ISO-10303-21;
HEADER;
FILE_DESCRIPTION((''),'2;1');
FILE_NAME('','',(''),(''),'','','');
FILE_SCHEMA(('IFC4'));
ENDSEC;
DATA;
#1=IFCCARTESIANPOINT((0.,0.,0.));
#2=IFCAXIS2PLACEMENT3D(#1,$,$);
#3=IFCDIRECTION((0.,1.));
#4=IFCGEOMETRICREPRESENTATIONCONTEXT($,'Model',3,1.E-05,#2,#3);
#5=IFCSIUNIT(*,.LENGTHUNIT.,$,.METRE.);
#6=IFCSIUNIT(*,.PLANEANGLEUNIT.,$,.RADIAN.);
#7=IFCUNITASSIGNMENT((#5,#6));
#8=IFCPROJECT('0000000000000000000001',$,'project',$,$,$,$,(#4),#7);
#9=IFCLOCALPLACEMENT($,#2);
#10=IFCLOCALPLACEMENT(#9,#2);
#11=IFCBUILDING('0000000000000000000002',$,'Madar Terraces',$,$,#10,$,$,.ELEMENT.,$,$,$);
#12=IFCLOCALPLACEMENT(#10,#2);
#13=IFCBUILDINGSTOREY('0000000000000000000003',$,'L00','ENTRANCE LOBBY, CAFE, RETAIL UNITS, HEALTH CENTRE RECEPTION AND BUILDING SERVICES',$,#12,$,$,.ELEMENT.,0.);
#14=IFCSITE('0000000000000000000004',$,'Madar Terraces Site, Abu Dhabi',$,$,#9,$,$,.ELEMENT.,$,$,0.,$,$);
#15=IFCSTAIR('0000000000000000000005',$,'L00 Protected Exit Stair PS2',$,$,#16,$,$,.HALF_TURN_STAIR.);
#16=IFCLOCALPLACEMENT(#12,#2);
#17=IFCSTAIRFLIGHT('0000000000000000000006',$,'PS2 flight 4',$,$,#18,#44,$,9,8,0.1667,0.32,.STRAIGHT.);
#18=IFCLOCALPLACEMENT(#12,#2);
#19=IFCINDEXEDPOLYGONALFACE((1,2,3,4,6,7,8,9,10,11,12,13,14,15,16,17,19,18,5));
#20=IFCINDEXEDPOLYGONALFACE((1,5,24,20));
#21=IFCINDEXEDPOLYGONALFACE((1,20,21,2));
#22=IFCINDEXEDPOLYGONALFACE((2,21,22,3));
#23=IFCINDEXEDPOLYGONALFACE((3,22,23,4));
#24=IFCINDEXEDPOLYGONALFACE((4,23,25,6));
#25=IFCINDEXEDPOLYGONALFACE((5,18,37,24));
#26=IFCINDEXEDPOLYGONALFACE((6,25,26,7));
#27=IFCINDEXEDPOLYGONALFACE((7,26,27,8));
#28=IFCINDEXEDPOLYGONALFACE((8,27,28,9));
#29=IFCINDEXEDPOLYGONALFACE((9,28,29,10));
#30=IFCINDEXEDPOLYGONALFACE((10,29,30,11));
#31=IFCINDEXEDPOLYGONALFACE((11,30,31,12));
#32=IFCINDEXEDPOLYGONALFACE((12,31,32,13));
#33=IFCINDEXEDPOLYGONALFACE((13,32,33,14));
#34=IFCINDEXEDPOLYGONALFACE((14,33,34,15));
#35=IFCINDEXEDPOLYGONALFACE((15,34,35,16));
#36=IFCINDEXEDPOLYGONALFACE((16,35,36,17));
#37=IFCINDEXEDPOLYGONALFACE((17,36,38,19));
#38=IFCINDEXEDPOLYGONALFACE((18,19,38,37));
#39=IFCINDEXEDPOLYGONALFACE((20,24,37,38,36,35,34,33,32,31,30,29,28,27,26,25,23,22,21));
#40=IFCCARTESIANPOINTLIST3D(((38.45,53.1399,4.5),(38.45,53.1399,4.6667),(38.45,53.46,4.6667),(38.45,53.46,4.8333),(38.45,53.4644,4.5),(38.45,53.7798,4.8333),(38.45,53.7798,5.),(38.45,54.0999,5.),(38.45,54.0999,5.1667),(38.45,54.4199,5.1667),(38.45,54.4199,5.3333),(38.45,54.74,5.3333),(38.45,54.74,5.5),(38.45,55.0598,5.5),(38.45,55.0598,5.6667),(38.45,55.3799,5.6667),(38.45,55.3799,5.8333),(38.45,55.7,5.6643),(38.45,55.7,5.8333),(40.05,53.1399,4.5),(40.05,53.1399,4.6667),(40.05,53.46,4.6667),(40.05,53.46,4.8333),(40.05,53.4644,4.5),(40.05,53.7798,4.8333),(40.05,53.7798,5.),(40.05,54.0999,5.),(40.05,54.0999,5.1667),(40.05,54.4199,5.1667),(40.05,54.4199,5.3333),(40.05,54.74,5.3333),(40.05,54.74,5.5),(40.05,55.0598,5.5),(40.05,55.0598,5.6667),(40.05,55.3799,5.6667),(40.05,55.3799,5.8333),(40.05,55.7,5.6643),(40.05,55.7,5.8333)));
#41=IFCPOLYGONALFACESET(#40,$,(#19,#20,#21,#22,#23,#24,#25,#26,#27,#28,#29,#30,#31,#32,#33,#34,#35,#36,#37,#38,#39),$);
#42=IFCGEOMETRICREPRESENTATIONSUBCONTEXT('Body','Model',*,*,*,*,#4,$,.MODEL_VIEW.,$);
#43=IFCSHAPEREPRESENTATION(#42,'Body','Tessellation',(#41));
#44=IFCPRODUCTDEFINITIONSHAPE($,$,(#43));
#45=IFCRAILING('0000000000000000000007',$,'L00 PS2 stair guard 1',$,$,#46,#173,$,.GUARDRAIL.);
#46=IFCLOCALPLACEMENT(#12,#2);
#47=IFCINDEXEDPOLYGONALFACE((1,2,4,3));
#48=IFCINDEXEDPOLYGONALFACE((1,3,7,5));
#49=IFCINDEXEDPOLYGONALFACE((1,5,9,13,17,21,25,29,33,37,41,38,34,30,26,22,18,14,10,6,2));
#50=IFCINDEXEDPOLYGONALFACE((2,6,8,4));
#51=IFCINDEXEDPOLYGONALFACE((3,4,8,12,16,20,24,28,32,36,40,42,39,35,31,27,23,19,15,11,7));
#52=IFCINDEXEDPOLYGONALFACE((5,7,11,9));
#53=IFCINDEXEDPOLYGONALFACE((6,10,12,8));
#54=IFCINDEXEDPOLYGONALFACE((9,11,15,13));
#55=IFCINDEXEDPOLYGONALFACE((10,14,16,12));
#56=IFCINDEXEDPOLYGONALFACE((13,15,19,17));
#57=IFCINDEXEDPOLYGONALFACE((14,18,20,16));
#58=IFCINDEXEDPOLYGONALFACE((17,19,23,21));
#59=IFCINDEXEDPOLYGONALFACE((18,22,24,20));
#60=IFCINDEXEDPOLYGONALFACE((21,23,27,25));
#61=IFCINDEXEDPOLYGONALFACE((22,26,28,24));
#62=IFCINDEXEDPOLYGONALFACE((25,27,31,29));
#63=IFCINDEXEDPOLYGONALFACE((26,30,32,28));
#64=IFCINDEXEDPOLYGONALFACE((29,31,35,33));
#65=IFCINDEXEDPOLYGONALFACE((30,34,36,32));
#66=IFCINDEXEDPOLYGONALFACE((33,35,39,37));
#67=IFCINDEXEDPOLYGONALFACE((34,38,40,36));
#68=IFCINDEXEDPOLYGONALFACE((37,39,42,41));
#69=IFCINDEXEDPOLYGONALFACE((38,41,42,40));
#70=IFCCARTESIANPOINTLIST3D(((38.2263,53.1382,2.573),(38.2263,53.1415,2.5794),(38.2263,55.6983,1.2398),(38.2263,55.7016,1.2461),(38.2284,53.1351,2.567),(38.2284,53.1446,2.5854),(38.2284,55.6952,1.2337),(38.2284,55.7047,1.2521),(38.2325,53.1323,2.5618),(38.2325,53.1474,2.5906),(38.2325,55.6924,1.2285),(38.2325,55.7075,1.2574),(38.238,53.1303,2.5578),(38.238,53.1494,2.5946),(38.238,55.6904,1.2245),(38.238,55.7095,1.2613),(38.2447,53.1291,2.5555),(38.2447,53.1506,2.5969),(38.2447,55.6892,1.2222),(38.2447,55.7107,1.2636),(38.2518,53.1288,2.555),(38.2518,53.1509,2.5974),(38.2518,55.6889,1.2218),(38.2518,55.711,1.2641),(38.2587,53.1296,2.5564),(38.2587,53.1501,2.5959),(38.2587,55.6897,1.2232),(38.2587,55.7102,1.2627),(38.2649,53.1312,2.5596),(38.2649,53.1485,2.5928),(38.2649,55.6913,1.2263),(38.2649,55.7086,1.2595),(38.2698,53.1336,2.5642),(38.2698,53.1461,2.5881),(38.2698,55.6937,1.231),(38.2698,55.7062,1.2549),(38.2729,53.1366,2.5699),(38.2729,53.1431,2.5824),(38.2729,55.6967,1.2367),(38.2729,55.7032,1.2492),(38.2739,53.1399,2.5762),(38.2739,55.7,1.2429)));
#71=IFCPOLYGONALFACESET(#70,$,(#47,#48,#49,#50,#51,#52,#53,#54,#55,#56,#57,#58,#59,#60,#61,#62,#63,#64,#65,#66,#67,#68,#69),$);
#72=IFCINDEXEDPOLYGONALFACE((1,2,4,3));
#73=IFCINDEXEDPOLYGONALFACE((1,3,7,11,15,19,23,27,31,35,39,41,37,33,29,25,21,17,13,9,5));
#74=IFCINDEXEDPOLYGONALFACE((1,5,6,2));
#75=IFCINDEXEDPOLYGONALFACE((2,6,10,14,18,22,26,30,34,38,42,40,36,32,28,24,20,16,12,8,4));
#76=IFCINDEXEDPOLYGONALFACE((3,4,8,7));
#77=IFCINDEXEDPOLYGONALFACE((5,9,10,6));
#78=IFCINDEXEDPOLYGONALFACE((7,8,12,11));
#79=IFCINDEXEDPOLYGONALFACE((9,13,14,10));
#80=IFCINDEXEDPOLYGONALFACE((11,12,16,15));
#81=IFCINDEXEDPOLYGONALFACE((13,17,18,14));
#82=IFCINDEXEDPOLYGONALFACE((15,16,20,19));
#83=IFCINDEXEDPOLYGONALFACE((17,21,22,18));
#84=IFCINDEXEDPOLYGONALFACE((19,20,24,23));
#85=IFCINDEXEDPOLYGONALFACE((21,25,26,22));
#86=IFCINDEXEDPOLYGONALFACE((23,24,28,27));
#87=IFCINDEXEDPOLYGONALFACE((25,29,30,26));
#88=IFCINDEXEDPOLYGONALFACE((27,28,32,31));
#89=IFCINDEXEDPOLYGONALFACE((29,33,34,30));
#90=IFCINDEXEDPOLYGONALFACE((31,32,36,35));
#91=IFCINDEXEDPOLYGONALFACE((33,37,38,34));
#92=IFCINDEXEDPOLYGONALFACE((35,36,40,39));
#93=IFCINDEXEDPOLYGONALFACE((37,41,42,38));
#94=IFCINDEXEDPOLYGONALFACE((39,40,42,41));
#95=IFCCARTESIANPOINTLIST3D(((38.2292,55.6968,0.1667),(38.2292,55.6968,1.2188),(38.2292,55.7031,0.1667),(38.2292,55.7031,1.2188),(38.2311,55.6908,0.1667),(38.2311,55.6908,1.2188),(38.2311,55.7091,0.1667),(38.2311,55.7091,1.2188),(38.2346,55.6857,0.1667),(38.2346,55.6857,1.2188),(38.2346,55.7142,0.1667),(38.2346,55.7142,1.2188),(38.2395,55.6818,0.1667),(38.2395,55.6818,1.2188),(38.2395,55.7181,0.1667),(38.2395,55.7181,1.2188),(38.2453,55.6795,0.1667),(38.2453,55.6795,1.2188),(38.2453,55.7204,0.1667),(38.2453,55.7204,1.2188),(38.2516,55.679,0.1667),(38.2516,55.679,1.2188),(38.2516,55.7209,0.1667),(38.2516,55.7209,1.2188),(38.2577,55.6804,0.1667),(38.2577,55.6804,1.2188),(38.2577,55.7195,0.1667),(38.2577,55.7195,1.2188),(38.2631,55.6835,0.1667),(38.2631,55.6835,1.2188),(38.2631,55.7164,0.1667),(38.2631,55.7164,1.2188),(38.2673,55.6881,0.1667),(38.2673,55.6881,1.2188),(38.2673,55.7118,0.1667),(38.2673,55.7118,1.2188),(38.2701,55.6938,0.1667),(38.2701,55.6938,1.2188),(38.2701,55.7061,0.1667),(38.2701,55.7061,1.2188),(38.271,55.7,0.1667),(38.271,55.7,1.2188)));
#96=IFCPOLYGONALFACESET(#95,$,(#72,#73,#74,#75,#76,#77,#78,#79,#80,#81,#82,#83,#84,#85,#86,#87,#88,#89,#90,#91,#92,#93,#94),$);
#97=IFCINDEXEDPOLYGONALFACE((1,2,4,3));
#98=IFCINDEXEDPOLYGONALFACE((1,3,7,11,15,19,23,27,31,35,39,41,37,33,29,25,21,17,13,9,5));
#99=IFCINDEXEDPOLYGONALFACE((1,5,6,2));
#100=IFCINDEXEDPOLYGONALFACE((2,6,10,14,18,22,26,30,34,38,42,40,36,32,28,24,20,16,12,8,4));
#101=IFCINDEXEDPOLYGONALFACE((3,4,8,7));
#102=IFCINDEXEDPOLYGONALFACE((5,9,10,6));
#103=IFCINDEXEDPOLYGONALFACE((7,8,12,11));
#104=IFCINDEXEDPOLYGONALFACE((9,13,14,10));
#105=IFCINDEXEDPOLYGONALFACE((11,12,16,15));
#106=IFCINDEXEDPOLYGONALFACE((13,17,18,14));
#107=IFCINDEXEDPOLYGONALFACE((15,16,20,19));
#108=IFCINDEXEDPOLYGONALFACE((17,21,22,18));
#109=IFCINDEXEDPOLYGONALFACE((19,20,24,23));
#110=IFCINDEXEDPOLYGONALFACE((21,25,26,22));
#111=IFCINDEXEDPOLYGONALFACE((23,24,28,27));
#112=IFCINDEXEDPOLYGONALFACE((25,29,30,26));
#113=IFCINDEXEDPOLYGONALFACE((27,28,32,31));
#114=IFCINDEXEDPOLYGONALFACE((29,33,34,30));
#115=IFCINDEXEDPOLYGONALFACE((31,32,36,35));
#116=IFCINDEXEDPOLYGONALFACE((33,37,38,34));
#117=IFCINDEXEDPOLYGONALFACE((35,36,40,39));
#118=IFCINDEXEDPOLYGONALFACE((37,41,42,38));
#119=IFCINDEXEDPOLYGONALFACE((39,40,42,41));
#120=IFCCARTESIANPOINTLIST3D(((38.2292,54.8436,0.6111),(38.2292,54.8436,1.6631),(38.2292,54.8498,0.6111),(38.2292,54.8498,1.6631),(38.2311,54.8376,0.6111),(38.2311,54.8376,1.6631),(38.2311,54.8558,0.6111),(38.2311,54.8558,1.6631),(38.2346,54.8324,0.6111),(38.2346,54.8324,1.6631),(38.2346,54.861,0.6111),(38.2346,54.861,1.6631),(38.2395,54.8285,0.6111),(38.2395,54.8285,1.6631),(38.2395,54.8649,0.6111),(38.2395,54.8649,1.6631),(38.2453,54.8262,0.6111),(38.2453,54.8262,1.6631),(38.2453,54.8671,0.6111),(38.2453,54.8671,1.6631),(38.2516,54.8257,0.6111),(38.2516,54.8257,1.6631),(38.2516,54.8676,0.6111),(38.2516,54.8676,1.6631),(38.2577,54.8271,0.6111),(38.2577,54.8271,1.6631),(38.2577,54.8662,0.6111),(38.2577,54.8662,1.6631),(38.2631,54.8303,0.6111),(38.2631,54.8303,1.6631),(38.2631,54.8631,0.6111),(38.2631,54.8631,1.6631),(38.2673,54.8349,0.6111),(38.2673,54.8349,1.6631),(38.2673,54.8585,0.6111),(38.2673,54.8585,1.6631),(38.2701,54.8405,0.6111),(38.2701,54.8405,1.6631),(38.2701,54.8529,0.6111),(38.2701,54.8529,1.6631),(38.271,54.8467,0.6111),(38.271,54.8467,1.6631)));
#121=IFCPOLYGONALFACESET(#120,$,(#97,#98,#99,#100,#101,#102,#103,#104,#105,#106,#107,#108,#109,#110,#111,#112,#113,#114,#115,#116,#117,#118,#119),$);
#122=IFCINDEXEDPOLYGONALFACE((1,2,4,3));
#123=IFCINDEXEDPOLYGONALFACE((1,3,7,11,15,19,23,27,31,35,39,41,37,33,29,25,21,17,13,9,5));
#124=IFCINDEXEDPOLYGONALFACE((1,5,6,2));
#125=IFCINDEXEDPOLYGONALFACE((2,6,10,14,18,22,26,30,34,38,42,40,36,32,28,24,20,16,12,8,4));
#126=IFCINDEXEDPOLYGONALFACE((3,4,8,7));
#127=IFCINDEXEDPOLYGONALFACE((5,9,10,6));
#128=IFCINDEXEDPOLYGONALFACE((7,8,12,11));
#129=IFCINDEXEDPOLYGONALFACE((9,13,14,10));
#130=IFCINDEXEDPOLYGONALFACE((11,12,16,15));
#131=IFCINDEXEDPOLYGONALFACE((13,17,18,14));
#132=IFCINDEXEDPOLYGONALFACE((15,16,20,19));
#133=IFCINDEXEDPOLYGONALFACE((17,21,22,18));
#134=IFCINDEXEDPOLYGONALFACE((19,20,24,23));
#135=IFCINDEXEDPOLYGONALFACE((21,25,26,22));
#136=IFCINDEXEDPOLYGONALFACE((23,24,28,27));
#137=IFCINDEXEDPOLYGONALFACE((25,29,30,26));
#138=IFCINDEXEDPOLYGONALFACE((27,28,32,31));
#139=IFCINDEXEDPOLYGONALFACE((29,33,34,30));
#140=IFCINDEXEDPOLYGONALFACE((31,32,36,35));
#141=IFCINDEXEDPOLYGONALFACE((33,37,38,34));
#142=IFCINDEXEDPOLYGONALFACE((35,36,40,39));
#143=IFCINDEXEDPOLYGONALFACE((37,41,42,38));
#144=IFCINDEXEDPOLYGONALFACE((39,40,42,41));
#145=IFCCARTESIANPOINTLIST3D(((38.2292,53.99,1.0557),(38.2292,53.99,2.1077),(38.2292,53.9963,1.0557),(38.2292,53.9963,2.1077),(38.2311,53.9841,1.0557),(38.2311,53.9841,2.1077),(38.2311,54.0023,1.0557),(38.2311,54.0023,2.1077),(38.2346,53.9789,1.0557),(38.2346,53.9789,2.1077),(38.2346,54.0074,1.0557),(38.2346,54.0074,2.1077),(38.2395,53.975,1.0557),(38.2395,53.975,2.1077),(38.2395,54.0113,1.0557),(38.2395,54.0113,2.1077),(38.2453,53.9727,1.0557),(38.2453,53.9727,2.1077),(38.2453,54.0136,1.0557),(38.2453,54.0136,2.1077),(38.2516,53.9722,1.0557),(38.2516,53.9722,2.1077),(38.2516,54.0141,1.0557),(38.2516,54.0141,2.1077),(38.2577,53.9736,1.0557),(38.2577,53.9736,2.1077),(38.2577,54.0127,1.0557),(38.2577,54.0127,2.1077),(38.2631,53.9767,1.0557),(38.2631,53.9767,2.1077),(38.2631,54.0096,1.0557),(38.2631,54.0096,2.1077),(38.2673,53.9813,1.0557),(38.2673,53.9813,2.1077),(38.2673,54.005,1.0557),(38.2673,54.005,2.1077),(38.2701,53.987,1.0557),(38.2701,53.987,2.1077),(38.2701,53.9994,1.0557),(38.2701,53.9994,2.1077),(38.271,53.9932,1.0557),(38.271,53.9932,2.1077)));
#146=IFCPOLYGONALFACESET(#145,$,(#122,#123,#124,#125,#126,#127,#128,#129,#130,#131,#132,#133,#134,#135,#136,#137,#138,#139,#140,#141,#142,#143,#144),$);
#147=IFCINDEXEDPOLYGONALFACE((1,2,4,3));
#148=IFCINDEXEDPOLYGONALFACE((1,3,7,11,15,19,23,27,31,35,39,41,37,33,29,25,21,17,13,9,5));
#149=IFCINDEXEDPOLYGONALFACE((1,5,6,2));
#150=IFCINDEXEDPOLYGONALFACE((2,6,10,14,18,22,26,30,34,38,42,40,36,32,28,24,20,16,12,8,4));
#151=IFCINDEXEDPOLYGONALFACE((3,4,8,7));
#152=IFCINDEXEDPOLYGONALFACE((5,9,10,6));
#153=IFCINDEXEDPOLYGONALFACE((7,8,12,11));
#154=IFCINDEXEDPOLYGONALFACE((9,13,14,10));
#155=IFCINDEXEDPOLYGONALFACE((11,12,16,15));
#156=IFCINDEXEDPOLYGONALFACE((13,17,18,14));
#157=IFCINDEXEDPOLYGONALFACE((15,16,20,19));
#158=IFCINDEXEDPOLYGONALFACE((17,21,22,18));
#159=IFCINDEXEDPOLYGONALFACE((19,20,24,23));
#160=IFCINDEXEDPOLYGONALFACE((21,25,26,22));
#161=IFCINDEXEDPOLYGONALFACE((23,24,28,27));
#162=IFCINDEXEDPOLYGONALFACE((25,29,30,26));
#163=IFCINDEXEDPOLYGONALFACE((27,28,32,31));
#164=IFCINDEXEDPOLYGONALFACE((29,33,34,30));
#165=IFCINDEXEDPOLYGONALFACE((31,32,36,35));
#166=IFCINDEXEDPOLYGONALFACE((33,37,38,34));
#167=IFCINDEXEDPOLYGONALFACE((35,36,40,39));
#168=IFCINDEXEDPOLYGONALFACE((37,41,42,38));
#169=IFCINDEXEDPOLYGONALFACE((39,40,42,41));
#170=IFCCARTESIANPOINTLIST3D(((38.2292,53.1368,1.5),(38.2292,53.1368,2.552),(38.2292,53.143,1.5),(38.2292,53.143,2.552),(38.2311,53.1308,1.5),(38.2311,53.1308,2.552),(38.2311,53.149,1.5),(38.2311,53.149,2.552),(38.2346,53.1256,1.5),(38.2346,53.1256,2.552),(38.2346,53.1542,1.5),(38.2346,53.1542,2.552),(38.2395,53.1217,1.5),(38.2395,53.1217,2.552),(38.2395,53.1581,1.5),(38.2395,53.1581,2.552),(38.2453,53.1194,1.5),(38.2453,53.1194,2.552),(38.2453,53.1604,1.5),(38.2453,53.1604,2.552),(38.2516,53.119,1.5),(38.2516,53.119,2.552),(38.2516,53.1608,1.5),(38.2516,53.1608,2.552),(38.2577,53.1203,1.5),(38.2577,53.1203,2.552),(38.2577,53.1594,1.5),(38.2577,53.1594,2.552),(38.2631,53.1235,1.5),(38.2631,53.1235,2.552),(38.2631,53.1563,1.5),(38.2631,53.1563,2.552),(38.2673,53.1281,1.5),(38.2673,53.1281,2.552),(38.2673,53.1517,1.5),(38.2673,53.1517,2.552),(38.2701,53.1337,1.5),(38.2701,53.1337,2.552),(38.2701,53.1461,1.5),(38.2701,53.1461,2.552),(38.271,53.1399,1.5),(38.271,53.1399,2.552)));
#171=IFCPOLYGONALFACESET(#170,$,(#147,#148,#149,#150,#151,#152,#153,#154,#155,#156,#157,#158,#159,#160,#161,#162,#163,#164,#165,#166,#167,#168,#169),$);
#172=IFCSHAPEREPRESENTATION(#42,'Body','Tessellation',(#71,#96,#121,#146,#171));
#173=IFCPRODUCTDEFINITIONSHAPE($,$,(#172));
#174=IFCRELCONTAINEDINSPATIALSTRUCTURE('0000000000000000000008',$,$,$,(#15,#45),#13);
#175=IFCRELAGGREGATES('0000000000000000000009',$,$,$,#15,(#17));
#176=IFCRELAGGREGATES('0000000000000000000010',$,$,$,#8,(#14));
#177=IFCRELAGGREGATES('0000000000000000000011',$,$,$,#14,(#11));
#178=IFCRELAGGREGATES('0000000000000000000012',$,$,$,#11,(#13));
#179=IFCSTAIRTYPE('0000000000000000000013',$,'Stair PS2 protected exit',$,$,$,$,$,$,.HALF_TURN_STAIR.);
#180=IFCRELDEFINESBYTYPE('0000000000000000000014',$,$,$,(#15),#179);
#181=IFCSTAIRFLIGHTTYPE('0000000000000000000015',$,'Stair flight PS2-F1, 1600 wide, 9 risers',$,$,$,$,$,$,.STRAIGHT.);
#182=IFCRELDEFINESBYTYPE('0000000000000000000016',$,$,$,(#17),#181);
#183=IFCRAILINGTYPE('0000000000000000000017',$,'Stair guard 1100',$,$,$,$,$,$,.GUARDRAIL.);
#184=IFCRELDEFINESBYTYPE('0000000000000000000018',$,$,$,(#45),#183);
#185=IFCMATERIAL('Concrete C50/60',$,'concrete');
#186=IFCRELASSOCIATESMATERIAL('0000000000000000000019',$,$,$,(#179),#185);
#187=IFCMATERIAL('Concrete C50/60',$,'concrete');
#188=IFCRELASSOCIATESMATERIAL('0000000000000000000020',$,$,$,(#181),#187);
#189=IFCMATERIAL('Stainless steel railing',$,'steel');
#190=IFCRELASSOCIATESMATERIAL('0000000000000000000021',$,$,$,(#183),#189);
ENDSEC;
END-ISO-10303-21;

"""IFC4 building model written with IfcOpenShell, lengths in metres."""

from ifc_helpers import new_model, si_unit, direction, frame, origin, origin_2d, place, context, subcontext, project, spatial, polyline, circle, outline, extrude, material, type_object, element, aggregate, save


model = new_model("IFC4")

# Units and contexts
model_context = context("Model", 3, precision=1e-05, world=origin(), true_north=direction((0.0, 1.0)))
body_context = subcontext(model_context, "Body", "Model", "MODEL_VIEW")
ifc_project = project(units=[si_unit("LENGTHUNIT", "METRE"), si_unit("PLANEANGLEUNIT", "RADIAN")], contexts=[model_context])

# Site, building, storey
site_placement = place(None, origin())
site = spatial("IfcSite", under=ifc_project, at=site_placement, Name="Madar Terraces Site, Abu Dhabi", CompositionType="ELEMENT", RefElevation=0.0)
building_placement = place(site_placement, origin())
building = spatial("IfcBuilding", under=site, at=building_placement, Name="Madar Terraces", CompositionType="ELEMENT")
storey_placement = place(building_placement, origin())
storey = spatial("IfcBuildingStorey", under=building, at=storey_placement, Name="L00", Description="ENTRANCE LOBBY, CAFE, RETAIL UNITS, HEALTH CENTRE RECEPTION AND BUILDING SERVICES", CompositionType="ELEMENT", Elevation=0.0)

# Stair, stair flight
ifc_material_1 = material(Name="Concrete C50/60", Category="concrete")
stair_type = type_object("IfcStairType", Name="Stair PS2 protected exit", PredefinedType="HALF_TURN_STAIR", material=ifc_material_1)
stair_placement = place(storey_placement, origin())
stair = element("IfcStair", 1, at=stair_placement, inside=storey, type_object=stair_type, Name="L00 Protected Exit Stair PS2", PredefinedType="HALF_TURN_STAIR")
ifc_material_2 = material(Name="Concrete C50/60", Category="concrete")
stair_flight_type = type_object("IfcStairFlightType", Name="Stair flight PS2-F1, 1600 wide, 9 risers", PredefinedType="STRAIGHT", material=ifc_material_2)
stair_flight_1_placement = place(storey_placement, frame((39.25, 53.1399, 4.5), z_axis=(0.0, 0.0, 1.0), x_axis=(0.0, 1.0, 0.0)))
stair_flight_1 = element("IfcStairFlight", 2, at=stair_flight_1_placement, type_object=stair_flight_type, Name="PS2 flight 4", NumberOfRisers=9, NumberOfTreads=8, PredefinedType="STRAIGHT", RiserHeight=0.1667, TreadLength=0.32, context=body_context, shape_type="SweptSolid", body=[
    extrude(outline(polyline([(0.0, 0.0), (0.0, 0.1667), (0.3201, 0.1667), (0.3201, 0.3333), (0.6399, 0.3333), (0.6399, 0.5), (0.96, 0.5), (0.96, 0.6667), (1.28, 0.6667), (1.28, 0.8333), (1.6001, 0.8333), (1.6001, 1.0), (1.9199, 1.0), (1.9199, 1.1667), (2.24, 1.1667), (2.24, 1.3333), (2.5601, 1.3333), (2.5601, 1.5), (2.5601, 1.1643), (0.3245, 0.0), (0.0, 0.0)])), frame((0.0, 0.8, 0.0), z_axis=(0.0, -1.0, 0.0), x_axis=(1.0, 0.0, 0.0)), (0.0, 0.0, 1.0), 1.6001),
])
aggregate(stair, [stair_flight_1])

# Railing
ifc_material_3 = material(Name="Stainless steel railing", Category="steel")
railing_type_1 = type_object("IfcRailingType", Name="Stair guard 1100", PredefinedType="GUARDRAIL", material=ifc_material_3)
railing_1_placement = place(storey_placement, frame((38.25, 55.7, 0.1667)))
element("IfcRailing", 3, at=railing_1_placement, inside=storey, type_object=railing_type_1, Name="L00 PS2 stair guard 1", PredefinedType="GUARDRAIL", context=body_context, shape_type="SweptSolid", body=[
    extrude(circle(Radius=0.0239, at=origin_2d()), frame((0.0, 0.0, 1.0762), z_axis=(0.0, -0.88693, 0.461904), x_axis=(1.0, 0.0, 0.0)), (0.0, 0.0, 1.0), 2.8865),
    extrude(circle(Radius=0.021, at=origin_2d()), origin(), (0.0, 0.0, 1.0), 1.052),
    extrude(circle(Radius=0.021, at=origin_2d()), frame((0.0, -0.8533, 0.4443)), (0.0, 0.0, 1.0), 1.052),
    extrude(circle(Radius=0.021, at=origin_2d()), frame((0.0, -1.7068, 0.8889)), (0.0, 0.0, 1.0), 1.052),
    extrude(circle(Radius=0.021, at=origin_2d()), frame((0.0, -2.5601, 1.3333)), (0.0, 0.0, 1.0), 1.052),
])

save(model, "model.ifc")
